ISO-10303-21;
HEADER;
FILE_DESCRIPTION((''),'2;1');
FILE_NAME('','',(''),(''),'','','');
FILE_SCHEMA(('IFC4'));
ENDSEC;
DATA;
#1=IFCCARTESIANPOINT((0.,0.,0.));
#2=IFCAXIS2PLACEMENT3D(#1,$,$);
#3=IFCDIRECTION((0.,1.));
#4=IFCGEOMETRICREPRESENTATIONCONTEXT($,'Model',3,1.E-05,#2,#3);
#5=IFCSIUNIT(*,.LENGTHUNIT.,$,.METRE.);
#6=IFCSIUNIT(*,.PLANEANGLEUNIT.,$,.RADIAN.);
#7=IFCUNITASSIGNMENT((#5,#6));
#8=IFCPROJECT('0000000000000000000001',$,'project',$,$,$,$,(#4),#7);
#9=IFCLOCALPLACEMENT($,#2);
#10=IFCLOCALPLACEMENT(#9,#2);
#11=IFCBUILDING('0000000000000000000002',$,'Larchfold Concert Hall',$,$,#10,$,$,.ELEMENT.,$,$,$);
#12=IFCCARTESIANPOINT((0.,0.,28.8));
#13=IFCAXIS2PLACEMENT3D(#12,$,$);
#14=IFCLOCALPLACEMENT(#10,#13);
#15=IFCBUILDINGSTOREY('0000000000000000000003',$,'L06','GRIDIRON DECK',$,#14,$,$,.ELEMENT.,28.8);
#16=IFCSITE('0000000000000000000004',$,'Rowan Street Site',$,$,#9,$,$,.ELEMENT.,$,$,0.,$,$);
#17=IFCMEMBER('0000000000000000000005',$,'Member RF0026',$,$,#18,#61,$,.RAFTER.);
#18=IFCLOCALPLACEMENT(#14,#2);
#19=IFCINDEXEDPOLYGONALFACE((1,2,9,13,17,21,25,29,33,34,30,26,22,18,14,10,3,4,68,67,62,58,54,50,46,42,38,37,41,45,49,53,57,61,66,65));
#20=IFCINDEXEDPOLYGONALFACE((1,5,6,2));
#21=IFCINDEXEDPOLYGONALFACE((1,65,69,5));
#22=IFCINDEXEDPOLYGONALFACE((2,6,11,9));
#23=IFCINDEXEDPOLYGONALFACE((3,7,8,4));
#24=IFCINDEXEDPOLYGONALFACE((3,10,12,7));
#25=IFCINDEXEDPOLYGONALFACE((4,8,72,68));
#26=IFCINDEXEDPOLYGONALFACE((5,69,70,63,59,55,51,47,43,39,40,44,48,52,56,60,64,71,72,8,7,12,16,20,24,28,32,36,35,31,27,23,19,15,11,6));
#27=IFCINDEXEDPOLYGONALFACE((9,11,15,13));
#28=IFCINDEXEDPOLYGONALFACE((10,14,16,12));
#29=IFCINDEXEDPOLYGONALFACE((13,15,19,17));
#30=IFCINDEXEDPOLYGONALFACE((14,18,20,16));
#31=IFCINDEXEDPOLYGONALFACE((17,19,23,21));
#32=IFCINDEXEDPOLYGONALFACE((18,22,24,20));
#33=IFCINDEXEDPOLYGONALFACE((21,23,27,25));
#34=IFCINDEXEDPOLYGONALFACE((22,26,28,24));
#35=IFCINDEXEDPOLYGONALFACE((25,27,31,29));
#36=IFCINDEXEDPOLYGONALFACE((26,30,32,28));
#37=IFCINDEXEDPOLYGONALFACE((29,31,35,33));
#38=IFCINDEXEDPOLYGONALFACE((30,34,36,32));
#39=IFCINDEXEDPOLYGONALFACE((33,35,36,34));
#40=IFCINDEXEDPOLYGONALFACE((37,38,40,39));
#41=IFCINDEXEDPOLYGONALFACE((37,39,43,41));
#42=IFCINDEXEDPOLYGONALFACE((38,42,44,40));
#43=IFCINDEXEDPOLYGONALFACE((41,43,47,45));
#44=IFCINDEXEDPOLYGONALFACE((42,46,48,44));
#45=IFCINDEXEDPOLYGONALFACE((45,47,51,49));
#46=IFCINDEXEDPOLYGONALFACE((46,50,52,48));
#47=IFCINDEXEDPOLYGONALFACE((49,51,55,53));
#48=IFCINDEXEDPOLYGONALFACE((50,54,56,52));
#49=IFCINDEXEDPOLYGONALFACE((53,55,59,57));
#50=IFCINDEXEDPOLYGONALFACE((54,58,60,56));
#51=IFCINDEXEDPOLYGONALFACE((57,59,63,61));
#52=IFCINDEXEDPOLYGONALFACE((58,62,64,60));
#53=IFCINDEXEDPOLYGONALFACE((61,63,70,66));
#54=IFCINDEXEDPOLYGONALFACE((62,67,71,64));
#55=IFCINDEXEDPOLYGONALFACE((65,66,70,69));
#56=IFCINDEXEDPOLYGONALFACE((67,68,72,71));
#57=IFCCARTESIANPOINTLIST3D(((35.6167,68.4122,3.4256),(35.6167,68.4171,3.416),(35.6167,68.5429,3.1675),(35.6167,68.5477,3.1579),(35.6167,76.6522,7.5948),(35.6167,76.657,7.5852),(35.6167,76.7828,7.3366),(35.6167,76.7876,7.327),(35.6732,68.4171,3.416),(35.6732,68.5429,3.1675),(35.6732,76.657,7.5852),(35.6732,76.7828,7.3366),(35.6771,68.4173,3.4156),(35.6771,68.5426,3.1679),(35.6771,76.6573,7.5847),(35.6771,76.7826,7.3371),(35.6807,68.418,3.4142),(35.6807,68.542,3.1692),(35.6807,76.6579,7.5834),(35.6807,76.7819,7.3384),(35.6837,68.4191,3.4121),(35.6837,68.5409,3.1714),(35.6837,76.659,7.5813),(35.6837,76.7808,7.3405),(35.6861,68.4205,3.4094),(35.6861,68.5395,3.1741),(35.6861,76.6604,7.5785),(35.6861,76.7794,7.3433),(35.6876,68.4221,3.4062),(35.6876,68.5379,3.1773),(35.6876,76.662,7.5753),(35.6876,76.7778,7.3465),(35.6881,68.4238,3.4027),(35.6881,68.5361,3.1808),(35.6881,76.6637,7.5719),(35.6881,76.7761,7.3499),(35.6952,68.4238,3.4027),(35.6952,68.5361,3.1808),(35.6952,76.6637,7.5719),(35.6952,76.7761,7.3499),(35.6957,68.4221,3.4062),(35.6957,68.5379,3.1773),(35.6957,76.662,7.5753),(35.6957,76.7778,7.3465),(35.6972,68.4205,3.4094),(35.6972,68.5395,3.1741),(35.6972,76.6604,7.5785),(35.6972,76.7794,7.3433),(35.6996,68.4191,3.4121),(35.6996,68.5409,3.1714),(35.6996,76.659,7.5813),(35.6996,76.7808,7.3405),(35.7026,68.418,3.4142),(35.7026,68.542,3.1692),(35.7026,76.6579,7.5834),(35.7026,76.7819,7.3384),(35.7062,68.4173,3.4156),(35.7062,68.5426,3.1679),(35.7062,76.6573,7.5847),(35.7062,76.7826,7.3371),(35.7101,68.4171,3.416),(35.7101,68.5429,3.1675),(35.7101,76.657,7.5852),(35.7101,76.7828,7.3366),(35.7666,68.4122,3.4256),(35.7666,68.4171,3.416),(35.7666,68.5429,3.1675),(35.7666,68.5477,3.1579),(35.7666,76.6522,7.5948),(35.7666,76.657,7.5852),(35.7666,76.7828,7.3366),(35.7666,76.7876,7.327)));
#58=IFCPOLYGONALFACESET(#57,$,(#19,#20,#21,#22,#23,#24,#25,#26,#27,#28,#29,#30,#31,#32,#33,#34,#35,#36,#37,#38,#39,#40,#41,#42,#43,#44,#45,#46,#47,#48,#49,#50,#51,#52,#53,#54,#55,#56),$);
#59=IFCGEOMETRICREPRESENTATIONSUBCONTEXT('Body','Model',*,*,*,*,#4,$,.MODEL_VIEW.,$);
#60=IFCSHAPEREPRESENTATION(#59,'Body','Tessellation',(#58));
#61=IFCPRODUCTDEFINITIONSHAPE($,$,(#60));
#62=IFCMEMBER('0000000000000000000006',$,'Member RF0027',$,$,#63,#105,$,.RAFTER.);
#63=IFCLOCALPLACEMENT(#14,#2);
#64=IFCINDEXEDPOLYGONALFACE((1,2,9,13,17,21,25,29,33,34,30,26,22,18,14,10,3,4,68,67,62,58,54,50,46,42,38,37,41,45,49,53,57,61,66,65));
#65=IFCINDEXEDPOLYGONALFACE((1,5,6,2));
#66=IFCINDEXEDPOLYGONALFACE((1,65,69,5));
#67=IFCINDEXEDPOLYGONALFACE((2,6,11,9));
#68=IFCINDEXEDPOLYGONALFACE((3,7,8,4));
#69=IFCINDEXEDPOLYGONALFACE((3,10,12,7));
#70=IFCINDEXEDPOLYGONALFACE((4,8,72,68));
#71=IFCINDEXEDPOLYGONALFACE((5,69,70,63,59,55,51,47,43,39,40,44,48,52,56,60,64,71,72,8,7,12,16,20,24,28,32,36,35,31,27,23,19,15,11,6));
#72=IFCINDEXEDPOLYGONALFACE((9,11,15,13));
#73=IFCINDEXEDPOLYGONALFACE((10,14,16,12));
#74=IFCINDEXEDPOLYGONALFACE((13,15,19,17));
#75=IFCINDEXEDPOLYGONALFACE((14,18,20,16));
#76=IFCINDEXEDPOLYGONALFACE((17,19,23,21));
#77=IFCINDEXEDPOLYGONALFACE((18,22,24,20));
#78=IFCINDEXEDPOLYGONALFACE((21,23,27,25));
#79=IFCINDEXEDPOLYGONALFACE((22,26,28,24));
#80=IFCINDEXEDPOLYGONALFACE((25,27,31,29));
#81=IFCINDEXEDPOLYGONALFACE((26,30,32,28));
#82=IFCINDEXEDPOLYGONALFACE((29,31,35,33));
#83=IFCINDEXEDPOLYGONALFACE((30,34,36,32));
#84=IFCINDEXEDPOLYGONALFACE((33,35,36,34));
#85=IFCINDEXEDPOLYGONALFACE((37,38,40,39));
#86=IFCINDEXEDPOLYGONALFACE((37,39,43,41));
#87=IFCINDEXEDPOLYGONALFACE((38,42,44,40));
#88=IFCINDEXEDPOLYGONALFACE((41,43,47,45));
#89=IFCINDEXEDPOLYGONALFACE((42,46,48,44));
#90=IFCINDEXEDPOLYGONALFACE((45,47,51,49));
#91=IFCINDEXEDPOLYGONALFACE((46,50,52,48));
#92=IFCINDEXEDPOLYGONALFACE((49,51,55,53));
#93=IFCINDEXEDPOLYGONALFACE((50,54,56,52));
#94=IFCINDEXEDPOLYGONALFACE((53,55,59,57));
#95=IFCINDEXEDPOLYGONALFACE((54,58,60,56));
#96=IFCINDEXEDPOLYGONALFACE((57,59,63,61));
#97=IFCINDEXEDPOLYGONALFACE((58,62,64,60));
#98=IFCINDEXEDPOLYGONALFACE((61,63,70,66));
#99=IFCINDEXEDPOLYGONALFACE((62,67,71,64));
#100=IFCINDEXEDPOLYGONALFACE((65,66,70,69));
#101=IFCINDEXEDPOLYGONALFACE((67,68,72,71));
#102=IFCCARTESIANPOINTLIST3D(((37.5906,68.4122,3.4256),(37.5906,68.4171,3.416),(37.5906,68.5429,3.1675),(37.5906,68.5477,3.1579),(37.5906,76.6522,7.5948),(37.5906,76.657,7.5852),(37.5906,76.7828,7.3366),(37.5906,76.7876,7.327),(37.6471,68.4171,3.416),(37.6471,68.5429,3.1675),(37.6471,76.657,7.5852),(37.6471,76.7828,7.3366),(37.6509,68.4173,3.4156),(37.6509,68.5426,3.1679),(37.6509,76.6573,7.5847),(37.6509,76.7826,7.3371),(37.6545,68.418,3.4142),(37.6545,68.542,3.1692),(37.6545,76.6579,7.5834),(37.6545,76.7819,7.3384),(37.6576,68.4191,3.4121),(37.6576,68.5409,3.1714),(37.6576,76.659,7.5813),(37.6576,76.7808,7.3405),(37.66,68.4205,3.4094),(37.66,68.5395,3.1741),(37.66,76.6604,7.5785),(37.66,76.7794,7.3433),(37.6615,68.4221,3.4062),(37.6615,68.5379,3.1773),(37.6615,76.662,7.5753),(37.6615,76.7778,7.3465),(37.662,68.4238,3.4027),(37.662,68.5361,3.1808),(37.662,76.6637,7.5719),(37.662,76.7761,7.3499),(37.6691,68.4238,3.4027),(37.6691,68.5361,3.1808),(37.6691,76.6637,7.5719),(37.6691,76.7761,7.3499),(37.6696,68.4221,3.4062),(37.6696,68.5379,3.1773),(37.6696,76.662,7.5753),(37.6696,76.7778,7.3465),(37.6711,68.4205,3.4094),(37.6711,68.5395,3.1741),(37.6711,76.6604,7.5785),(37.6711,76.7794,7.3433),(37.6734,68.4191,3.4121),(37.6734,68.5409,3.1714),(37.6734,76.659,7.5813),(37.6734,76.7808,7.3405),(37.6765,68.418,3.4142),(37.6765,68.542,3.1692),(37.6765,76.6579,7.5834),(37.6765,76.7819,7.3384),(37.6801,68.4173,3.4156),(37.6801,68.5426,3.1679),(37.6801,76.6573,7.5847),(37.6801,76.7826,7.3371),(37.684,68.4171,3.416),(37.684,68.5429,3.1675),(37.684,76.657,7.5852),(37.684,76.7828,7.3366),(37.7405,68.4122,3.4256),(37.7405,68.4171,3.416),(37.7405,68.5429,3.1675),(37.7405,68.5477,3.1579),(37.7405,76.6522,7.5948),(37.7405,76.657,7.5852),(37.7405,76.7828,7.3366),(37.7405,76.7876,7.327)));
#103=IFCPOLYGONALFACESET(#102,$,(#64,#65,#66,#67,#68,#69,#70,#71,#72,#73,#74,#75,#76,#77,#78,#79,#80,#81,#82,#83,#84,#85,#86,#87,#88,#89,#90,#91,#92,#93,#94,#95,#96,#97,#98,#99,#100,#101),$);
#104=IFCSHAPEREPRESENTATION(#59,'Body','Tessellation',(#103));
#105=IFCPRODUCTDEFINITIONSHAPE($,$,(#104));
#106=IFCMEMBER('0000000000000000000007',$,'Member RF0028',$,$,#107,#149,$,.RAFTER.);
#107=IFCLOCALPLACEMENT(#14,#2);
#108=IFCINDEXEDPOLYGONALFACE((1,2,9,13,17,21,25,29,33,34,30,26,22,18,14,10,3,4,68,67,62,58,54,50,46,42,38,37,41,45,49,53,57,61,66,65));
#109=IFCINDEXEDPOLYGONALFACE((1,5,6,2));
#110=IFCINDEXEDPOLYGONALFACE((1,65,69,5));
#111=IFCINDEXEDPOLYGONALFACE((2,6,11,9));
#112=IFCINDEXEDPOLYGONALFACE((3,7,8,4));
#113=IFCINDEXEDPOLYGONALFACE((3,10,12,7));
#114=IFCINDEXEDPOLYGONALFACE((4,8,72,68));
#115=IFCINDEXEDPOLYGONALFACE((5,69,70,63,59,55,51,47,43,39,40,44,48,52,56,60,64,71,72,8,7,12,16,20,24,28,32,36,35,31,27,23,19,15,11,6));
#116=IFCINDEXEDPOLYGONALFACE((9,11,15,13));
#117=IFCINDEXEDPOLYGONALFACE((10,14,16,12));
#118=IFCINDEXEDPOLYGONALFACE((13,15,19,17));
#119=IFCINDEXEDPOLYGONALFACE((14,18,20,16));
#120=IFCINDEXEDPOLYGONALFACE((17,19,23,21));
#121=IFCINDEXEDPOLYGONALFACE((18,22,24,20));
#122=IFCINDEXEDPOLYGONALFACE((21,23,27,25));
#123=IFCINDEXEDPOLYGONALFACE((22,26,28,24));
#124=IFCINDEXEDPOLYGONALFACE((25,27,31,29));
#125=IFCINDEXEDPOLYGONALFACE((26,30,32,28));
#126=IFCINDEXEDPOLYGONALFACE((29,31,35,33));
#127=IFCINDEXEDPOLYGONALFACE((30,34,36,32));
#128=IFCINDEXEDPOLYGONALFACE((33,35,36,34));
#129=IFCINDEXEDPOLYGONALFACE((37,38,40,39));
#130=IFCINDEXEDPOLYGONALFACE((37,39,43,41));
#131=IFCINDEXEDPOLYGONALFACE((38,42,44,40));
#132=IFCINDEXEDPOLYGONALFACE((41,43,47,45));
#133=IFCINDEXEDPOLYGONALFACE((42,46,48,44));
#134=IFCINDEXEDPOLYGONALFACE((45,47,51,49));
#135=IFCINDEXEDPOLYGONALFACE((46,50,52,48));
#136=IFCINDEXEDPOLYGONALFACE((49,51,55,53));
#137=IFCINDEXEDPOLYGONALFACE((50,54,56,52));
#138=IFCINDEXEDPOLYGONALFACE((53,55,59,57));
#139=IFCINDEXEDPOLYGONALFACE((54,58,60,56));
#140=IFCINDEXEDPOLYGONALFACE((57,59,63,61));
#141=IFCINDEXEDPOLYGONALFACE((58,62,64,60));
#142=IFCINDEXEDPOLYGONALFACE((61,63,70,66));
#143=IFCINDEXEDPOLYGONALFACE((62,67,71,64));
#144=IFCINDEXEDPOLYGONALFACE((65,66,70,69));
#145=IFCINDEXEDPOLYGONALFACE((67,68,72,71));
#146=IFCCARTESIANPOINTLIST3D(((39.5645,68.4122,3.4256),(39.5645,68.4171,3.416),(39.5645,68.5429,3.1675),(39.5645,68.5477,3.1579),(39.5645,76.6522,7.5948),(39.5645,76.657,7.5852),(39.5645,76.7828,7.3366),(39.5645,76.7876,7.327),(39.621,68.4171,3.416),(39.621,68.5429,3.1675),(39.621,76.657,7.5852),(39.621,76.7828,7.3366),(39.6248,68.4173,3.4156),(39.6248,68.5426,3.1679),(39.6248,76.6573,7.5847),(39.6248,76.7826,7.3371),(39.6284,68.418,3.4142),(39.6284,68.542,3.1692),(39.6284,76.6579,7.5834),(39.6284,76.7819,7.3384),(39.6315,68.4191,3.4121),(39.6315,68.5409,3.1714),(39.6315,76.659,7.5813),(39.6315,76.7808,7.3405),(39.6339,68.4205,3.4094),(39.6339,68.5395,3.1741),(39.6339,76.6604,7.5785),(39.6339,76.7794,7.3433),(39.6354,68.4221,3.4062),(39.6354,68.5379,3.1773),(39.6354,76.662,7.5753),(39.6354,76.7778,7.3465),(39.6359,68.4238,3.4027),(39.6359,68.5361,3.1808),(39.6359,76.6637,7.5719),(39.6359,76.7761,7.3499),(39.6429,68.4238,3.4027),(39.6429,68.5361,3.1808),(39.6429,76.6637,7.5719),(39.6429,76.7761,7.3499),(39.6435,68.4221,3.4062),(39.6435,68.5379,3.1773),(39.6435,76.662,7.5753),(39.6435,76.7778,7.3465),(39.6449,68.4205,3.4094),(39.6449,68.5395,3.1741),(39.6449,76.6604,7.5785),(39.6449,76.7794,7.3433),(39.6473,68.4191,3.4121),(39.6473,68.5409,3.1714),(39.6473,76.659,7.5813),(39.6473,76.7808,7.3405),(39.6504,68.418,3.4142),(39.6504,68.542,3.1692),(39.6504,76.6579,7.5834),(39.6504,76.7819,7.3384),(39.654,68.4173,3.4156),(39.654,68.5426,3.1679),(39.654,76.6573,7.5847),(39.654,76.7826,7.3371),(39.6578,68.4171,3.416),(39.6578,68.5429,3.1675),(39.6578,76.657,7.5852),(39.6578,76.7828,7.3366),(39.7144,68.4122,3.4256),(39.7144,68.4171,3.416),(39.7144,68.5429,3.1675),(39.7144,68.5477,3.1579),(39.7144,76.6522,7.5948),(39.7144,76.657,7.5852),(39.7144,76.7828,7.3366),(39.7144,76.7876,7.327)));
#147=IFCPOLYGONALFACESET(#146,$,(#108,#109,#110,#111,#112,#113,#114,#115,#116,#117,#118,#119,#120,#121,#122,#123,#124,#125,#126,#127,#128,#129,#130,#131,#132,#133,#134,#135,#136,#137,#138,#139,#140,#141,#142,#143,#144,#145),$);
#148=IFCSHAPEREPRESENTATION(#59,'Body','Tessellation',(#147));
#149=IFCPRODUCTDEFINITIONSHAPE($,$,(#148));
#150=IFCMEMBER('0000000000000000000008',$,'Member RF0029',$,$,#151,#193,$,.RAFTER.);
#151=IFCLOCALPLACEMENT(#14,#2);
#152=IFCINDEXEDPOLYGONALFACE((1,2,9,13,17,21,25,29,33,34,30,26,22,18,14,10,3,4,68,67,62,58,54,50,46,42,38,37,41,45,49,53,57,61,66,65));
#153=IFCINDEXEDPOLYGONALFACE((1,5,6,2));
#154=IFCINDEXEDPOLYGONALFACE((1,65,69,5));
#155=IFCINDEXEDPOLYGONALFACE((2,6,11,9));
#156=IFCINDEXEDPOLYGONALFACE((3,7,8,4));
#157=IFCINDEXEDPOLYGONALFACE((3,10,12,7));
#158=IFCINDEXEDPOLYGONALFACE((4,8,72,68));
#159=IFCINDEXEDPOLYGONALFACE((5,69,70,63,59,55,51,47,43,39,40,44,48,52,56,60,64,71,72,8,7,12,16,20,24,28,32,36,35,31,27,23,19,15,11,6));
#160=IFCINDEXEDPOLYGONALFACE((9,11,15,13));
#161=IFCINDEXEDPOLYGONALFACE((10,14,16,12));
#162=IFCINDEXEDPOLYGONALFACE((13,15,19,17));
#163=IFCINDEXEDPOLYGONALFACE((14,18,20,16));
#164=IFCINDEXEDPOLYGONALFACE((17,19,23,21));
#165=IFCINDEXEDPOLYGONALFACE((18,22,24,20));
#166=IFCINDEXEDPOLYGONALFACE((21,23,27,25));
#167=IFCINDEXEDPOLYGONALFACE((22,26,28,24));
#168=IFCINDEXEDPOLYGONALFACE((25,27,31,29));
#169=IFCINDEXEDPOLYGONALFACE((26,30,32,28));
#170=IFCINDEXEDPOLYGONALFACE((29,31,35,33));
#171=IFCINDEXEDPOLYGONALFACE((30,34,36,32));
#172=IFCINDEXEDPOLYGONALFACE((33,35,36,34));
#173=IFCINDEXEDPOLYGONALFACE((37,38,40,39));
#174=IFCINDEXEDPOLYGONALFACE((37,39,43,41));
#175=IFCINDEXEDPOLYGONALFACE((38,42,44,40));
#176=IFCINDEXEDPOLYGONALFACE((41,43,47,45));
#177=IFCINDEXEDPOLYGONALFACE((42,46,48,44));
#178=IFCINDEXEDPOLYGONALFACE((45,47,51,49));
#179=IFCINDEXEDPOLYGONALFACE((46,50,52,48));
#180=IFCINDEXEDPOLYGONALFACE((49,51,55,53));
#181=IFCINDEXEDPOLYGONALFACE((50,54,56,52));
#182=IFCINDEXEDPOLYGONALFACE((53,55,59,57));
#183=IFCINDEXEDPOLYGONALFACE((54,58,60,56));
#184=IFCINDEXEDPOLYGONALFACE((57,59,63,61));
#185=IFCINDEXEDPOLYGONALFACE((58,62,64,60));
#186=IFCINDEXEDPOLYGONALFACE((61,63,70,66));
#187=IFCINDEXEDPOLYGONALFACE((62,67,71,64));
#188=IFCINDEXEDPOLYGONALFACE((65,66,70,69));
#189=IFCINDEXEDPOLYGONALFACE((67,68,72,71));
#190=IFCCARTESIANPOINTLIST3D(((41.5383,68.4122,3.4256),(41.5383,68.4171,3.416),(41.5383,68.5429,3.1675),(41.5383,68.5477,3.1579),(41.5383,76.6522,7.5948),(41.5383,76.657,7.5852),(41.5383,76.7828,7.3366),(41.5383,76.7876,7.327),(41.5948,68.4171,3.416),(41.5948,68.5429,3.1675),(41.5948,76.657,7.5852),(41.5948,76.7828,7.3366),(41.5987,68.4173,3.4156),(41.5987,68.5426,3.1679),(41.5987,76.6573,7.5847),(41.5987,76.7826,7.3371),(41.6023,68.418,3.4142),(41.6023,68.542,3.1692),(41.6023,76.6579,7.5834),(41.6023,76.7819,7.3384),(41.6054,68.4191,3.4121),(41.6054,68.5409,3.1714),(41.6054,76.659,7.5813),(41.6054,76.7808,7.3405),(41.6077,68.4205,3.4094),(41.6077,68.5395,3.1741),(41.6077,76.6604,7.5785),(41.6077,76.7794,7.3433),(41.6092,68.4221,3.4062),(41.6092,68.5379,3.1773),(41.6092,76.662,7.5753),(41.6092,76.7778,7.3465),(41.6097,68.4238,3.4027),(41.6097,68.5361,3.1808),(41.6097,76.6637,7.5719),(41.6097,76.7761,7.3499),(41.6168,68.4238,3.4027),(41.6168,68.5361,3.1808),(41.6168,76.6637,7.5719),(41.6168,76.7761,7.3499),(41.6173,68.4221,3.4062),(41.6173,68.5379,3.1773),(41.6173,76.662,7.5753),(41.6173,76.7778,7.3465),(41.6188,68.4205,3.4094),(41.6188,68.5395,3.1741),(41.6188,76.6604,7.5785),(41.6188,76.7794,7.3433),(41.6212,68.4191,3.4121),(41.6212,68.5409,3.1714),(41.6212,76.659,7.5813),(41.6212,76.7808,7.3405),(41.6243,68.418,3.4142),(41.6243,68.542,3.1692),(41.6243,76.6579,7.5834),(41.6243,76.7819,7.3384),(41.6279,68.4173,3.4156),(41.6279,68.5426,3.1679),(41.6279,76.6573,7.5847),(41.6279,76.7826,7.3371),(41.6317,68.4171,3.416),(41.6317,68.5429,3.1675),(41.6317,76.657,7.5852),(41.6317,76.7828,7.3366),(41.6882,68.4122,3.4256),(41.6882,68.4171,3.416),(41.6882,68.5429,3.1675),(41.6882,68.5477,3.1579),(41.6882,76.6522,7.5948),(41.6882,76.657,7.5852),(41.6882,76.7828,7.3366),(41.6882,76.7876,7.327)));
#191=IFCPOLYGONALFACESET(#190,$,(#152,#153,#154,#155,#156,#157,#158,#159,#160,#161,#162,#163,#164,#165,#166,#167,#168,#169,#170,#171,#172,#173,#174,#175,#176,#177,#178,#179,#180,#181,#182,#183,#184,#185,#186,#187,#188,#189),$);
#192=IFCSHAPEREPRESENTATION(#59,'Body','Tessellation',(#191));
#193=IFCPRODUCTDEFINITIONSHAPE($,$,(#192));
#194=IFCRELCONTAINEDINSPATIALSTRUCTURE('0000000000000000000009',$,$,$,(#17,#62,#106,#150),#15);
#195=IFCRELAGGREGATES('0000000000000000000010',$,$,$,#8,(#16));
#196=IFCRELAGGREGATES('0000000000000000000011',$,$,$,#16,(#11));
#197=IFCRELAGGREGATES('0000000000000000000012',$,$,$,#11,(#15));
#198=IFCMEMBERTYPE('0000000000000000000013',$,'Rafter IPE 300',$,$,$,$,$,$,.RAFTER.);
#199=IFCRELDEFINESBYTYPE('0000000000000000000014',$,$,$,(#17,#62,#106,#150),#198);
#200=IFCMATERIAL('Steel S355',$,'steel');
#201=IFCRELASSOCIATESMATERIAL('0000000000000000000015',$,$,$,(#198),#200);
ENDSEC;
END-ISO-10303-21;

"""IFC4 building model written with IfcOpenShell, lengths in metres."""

from ifc_helpers import new_model, si_unit, direction, frame, origin, origin_2d, place, context, subcontext, project, spatial, i_section, extrude, material, material_profile, profile_set, type_object, element, save


model = new_model("IFC4")

# Units and contexts
model_context = context("Model", 3, precision=1e-05, world=origin(), true_north=direction((0.0, 1.0)))
body_context = subcontext(model_context, "Body", "Model", "MODEL_VIEW")
ifc_project = project(units=[si_unit("LENGTHUNIT", "METRE"), si_unit("PLANEANGLEUNIT", "RADIAN")], contexts=[model_context])

# Site, building, storey
site_placement = place(None, origin())
site = spatial("IfcSite", under=ifc_project, at=site_placement, Name="Rowan Street Site", CompositionType="ELEMENT", RefElevation=0.0)
building_placement = place(site_placement, origin())
building = spatial("IfcBuilding", under=site, at=building_placement, Name="Larchfold Concert Hall", CompositionType="ELEMENT")
storey_placement = place(building_placement, frame((0.0, 0.0, 28.8)))
storey = spatial("IfcBuildingStorey", under=building, at=storey_placement, Name="L06", Description="GRIDIRON DECK", CompositionType="ELEMENT", Elevation=28.8)

# Members
ifc_material_1 = material(Name="Steel S355", Category="steel")
ifc_material_profile_1 = material_profile(ifc_material_1, i_section(OverallWidth=0.1499, OverallDepth=0.3, WebThickness=0.0071, FlangeThickness=0.0107, FilletRadius=0.0149, at=origin_2d()))
ifc_profile_set_1 = profile_set([ifc_material_profile_1], Name="Steel S355")
member_type_1 = type_object("IfcMemberType", Name="Rafter IPE 300", PredefinedType="RAFTER", material=ifc_profile_set_1)
for number, where, z_axis, x_axis, name in (
    (1, (35.6917, 68.48, 3.2917), (0.0, 0.892286, 0.45147), (-1.0, 0.0, 0.0), "Member RF0026"),
    (2, (37.6655, 68.48, 3.2917), (0.0, 0.892286, 0.45147), (-1.0, 0.0, 0.0), "Member RF0027"),
    (3, (39.6394, 68.48, 3.2917), (0.0, 0.892286, 0.45147), (-1.0, 0.0, 0.0), "Member RF0028"),
    (4, (41.6133, 68.48, 3.2917), (0.0, 0.892286, 0.45147), (-1.0, 0.0, 0.0), "Member RF0029"),
):
    element("IfcMember", number, at=place(storey_placement, frame(where, z_axis=z_axis, x_axis=x_axis)), inside=storey, type_object=member_type_1, Name=name, PredefinedType="RAFTER", context=body_context, shape_type="SweptSolid", body=[
        extrude(i_section(OverallWidth=0.1499, OverallDepth=0.3, WebThickness=0.0071, FlangeThickness=0.0107, FilletRadius=0.0149, at=origin_2d()), origin(), (0.0, 0.0, 1.0), 9.2346),
    ])

save(model, "model.ifc")
